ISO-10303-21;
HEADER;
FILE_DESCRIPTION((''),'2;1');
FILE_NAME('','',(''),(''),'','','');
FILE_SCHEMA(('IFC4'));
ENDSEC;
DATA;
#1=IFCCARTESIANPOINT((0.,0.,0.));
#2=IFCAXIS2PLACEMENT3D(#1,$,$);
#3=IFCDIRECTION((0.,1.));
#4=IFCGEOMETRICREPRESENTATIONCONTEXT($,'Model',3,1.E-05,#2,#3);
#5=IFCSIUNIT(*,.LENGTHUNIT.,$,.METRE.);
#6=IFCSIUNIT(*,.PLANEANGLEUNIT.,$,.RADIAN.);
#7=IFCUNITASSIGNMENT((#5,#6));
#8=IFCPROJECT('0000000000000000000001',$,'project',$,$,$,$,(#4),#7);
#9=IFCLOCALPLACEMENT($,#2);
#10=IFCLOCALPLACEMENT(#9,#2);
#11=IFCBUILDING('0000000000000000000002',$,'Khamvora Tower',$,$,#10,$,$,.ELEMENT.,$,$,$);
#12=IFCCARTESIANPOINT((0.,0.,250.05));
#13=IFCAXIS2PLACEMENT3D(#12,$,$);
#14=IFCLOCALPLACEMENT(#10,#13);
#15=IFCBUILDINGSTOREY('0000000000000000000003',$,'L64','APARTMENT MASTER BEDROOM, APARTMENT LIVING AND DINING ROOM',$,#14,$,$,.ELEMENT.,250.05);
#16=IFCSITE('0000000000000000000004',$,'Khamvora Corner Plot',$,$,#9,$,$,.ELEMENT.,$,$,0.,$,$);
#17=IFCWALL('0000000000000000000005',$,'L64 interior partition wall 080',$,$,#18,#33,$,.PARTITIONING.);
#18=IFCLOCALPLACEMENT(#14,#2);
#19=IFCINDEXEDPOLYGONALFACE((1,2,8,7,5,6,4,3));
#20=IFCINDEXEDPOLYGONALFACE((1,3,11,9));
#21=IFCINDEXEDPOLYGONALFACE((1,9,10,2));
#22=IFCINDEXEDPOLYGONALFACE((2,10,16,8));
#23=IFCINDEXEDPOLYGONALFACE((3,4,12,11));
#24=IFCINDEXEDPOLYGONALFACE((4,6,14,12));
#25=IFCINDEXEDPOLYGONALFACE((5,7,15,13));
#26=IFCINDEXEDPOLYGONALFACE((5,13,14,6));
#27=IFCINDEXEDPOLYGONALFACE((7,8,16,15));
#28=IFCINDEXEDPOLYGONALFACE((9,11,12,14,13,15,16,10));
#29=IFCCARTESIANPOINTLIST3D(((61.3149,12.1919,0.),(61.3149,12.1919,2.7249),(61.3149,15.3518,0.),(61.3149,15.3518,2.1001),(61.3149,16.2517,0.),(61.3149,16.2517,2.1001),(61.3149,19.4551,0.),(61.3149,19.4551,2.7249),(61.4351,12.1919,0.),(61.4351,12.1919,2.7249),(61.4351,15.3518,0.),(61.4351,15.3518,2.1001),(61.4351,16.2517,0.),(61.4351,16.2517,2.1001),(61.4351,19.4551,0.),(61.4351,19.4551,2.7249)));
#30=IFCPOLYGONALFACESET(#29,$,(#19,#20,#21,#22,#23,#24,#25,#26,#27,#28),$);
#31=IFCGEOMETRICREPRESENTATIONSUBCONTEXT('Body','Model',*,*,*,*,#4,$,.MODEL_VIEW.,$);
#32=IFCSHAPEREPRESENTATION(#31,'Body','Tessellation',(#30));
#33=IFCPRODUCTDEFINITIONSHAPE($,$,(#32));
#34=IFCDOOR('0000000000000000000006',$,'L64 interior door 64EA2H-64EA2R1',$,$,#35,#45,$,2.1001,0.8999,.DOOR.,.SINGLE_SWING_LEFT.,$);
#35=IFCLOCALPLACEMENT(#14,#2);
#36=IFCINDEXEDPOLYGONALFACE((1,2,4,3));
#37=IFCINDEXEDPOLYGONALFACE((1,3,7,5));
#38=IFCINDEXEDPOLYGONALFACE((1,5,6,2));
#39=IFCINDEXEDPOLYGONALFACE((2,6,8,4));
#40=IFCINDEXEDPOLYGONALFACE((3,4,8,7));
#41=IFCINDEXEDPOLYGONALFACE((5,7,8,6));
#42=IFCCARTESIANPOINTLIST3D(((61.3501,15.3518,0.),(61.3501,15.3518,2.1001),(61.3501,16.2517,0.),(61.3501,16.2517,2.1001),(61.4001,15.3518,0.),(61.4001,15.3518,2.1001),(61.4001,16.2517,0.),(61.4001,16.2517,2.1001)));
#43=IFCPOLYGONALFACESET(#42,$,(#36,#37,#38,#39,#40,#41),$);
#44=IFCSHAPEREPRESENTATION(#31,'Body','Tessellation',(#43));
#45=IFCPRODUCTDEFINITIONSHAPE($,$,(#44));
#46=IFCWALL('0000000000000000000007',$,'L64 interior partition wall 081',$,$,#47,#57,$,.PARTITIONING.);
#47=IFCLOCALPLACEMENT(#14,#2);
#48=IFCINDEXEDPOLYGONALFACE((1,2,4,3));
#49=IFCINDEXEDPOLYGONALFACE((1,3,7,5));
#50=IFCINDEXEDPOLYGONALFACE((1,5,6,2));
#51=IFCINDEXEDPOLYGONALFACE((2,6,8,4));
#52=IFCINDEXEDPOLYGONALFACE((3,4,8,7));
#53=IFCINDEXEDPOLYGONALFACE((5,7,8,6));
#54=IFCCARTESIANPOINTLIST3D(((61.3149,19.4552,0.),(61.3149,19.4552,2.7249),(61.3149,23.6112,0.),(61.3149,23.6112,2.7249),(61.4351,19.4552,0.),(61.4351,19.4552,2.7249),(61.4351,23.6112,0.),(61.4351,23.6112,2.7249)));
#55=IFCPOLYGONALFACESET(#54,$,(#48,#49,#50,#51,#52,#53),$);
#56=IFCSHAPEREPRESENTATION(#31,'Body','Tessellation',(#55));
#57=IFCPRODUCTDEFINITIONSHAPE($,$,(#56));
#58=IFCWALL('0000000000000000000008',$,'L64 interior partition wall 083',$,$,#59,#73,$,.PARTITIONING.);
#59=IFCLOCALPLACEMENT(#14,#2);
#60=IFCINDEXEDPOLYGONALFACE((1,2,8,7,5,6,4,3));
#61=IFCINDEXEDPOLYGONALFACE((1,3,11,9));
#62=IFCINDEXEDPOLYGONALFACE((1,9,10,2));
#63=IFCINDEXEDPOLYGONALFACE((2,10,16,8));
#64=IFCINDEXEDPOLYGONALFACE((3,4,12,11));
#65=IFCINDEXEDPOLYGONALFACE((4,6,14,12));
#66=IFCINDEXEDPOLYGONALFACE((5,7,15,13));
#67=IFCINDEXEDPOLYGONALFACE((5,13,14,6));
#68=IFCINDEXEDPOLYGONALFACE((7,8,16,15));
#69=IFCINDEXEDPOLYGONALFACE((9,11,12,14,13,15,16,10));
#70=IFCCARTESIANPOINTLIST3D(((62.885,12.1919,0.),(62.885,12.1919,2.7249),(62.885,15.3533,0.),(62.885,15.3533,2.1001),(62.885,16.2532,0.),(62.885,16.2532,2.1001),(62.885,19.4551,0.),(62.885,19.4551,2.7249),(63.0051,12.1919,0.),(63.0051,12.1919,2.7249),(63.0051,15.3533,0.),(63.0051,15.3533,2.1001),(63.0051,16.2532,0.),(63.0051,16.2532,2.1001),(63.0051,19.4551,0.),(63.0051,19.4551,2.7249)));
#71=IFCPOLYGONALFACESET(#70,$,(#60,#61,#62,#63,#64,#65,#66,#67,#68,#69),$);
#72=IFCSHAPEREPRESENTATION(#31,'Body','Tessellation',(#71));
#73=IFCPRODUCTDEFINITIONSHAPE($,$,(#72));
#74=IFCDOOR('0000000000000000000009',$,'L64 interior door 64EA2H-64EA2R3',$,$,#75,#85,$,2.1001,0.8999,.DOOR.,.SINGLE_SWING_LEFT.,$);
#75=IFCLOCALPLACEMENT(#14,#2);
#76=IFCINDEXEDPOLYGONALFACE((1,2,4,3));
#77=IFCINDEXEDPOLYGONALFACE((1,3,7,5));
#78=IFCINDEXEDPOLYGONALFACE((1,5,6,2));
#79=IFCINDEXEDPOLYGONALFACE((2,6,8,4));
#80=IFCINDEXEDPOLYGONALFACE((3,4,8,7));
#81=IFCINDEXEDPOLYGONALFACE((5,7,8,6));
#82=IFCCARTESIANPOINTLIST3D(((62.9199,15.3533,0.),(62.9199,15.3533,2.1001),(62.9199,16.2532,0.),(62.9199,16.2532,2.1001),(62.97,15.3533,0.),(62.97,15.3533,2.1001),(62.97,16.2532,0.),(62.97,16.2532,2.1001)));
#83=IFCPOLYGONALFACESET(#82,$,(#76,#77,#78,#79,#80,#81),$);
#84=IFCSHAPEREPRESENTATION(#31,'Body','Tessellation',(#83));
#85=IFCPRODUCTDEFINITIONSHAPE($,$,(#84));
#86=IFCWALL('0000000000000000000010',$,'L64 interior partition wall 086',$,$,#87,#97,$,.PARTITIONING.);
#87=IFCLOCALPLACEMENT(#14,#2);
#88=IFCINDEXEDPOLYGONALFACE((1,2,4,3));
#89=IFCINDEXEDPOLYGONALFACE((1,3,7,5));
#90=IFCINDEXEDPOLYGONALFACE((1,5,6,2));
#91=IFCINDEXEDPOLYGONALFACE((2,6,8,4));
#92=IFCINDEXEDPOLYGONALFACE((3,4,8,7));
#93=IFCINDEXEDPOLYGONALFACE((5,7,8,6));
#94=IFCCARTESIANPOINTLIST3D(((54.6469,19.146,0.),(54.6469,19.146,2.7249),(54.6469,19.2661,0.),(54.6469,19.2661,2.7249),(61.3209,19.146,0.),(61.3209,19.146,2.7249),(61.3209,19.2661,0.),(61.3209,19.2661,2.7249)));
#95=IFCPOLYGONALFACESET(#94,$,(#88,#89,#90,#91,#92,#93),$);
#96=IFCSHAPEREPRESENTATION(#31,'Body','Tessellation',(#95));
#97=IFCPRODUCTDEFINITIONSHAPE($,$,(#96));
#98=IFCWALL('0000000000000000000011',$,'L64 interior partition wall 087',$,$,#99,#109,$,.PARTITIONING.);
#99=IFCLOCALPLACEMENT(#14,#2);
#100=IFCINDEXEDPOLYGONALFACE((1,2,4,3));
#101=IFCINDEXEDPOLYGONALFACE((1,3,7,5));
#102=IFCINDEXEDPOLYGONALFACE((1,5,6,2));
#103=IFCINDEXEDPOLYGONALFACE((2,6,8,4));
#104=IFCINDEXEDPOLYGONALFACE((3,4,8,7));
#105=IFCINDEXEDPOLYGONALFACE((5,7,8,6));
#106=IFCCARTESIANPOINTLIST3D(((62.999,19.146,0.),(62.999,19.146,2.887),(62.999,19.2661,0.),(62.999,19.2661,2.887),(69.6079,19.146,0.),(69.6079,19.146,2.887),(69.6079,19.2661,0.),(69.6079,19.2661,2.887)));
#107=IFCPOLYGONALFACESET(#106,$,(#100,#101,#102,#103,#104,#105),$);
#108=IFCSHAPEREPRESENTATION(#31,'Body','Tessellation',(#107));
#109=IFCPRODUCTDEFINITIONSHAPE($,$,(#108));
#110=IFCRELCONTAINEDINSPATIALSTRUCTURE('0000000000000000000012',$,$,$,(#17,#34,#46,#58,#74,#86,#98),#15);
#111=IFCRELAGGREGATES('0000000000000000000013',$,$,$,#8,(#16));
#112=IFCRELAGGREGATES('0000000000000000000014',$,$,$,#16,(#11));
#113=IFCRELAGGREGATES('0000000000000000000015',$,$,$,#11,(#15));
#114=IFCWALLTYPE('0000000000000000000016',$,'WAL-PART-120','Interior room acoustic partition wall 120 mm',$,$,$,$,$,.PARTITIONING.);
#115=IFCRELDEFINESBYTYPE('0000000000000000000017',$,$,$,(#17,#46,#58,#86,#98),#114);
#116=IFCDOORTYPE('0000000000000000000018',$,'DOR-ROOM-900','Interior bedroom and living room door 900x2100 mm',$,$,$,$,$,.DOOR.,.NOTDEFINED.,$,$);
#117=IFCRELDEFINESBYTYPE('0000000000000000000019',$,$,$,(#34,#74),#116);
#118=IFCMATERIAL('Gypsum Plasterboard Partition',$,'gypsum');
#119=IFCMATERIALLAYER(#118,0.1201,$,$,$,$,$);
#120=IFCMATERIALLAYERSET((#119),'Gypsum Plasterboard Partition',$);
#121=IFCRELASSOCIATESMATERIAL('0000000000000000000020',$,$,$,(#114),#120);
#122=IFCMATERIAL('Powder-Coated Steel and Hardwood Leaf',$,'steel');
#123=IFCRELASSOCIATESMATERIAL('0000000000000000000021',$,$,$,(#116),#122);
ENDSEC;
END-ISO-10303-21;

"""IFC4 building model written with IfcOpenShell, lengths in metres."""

from ifc_helpers import new_model, si_unit, direction, frame, frame_2d, origin, place, context, subcontext, project, spatial, rectangle, extrude, material, layer, layer_set, type_object, element, fill, save


model = new_model("IFC4")

# Units and contexts
model_context = context("Model", 3, precision=1e-05, world=origin(), true_north=direction((0.0, 1.0)))
body_context = subcontext(model_context, "Body", "Model", "MODEL_VIEW")
ifc_project = project(units=[si_unit("LENGTHUNIT", "METRE"), si_unit("PLANEANGLEUNIT", "RADIAN")], contexts=[model_context])

# Site, building, storey
site_placement = place(None, origin())
site = spatial("IfcSite", under=ifc_project, at=site_placement, Name="Khamvora Corner Plot", CompositionType="ELEMENT", RefElevation=0.0)
building_placement = place(site_placement, origin())
building = spatial("IfcBuilding", under=site, at=building_placement, Name="Khamvora Tower", CompositionType="ELEMENT")
storey_placement = place(building_placement, frame((0.0, 0.0, 250.05)))
storey = spatial("IfcBuildingStorey", under=building, at=storey_placement, Name="L64", Description="APARTMENT MASTER BEDROOM, APARTMENT LIVING AND DINING ROOM", CompositionType="ELEMENT", Elevation=250.05)

# Wall, opening, door
ifc_material_1 = material(Name="Gypsum Plasterboard Partition", Category="gypsum")
ifc_layer_1 = layer(ifc_material_1, 0.1201)
ifc_layer_set_1 = layer_set([ifc_layer_1], Name="Gypsum Plasterboard Partition")
wall_type_1 = type_object("IfcWallType", Name="WAL-PART-120", Description="Interior room acoustic partition wall 120 mm", PredefinedType="PARTITIONING", material=ifc_layer_set_1)
wall_1_placement = place(storey_placement, frame((61.375, 12.1919, 0.0), z_axis=(0.0, 0.0, 1.0), x_axis=(0.0, 1.0, 0.0)))
wall_1 = element("IfcWall", 1, at=wall_1_placement, inside=storey, type_object=wall_type_1, Name="L64 interior partition wall 080", PredefinedType="PARTITIONING", context=body_context, shape_type="SweptSolid", body=[
    extrude(rectangle(XDim=7.2632, YDim=0.1201, at=frame_2d((3.6316, 0.0))), origin(), (0.0, 0.0, 1.0), 2.7249),
])
opening_1_placement = place(wall_1_placement, frame((3.1599, 0.0, 0.0)))
opening_1 = element("IfcOpeningElement", 2, at=opening_1_placement, cuts=wall_1, PredefinedType="OPENING", context=body_context, shape_type="SweptSolid", body=[
    extrude(rectangle(XDim=0.8999, YDim=2.1001, at=frame_2d((0.45, 1.05))), frame((0.0, 0.0701, 0.0), z_axis=(0.0, -1.0, 0.0), x_axis=(1.0, 0.0, 0.0)), (0.0, 0.0, 1.0), 0.1401),
])
ifc_material_2 = material(Name="Powder-Coated Steel and Hardwood Leaf", Category="steel")
door_type = type_object("IfcDoorType", Name="DOR-ROOM-900", Description="Interior bedroom and living room door 900x2100 mm", OperationType="NOTDEFINED", PredefinedType="DOOR", material=ifc_material_2)
door_1_placement = place(opening_1_placement, origin())
door_1 = element("IfcDoor", 3, at=door_1_placement, inside=storey, type_object=door_type, Name="L64 interior door 64EA2H-64EA2R1", OperationType="SINGLE_SWING_LEFT", OverallHeight=2.1001, OverallWidth=0.8999, PredefinedType="DOOR", context=body_context, shape_type="SweptSolid", body=[
    extrude(rectangle(XDim=0.8999, YDim=2.1001, at=frame_2d((0.45, 1.05))), frame((0.0, 0.0249, 0.0), z_axis=(0.0, -1.0, 0.0), x_axis=(1.0, 0.0, 0.0)), (0.0, 0.0, 1.0), 0.05),
])
fill(opening_1, door_1)

# Wall
wall_2_placement = place(storey_placement, frame((61.375, 19.4551, 0.0), z_axis=(0.0, 0.0, 1.0), x_axis=(0.0, 1.0, 0.0)))
element("IfcWall", 4, at=wall_2_placement, inside=storey, type_object=wall_type_1, Name="L64 interior partition wall 081", PredefinedType="PARTITIONING", context=body_context, shape_type="SweptSolid", body=[
    extrude(rectangle(XDim=4.156, YDim=0.1201, at=frame_2d((2.0781, 0.0))), origin(), (0.0, 0.0, 1.0), 2.7249),
])

# Wall, opening, door
wall_3_placement = place(storey_placement, frame((62.9451, 19.4551, 0.0), z_axis=(0.0, 0.0, 1.0), x_axis=(0.0, -1.0, 0.0)))
wall_3 = element("IfcWall", 5, at=wall_3_placement, inside=storey, type_object=wall_type_1, Name="L64 interior partition wall 083", PredefinedType="PARTITIONING", context=body_context, shape_type="SweptSolid", body=[
    extrude(rectangle(XDim=7.2632, YDim=0.1201, at=frame_2d((3.6316, 0.0))), origin(), (0.0, 0.0, 1.0), 2.7249),
])
opening_2_placement = place(wall_3_placement, frame((3.2019, 0.0, 0.0)))
opening_2 = element("IfcOpeningElement", 6, at=opening_2_placement, cuts=wall_3, PredefinedType="OPENING", context=body_context, shape_type="SweptSolid", body=[
    extrude(rectangle(XDim=0.8999, YDim=2.1001, at=frame_2d((0.45, 1.05))), frame((0.0, 0.0701, 0.0), z_axis=(0.0, -1.0, 0.0), x_axis=(1.0, 0.0, 0.0)), (0.0, 0.0, 1.0), 0.1401),
])
door_2_placement = place(opening_2_placement, origin())
door_2 = element("IfcDoor", 7, at=door_2_placement, inside=storey, type_object=door_type, Name="L64 interior door 64EA2H-64EA2R3", OperationType="SINGLE_SWING_LEFT", OverallHeight=2.1001, OverallWidth=0.8999, PredefinedType="DOOR", context=body_context, shape_type="SweptSolid", body=[
    extrude(rectangle(XDim=0.8999, YDim=2.1001, at=frame_2d((0.45, 1.05))), frame((0.0, 0.0249, 0.0), z_axis=(0.0, -1.0, 0.0), x_axis=(1.0, 0.0, 0.0)), (0.0, 0.0, 1.0), 0.05),
])
fill(opening_2, door_2)

# Walls
wall_4_placement = place(storey_placement, frame((54.647, 19.2061, 0.0), z_axis=(0.0, 0.0, 1.0), x_axis=(1.0, 0.0, 0.0)))
element("IfcWall", 8, at=wall_4_placement, inside=storey, type_object=wall_type_1, Name="L64 interior partition wall 086", PredefinedType="PARTITIONING", context=body_context, shape_type="SweptSolid", body=[
    extrude(rectangle(XDim=6.6741, YDim=0.1201, at=frame_2d((3.3369, 0.0))), origin(), (0.0, 0.0, 1.0), 2.7249),
])
wall_5_placement = place(storey_placement, frame((62.999, 19.2061, 0.0), z_axis=(0.0, 0.0, 1.0), x_axis=(1.0, 0.0, 0.0)))
element("IfcWall", 9, at=wall_5_placement, inside=storey, type_object=wall_type_1, Name="L64 interior partition wall 087", PredefinedType="PARTITIONING", context=body_context, shape_type="SweptSolid", body=[
    extrude(rectangle(XDim=6.6089, YDim=0.1201, at=frame_2d((3.3044, 0.0))), origin(), (0.0, 0.0, 1.0), 2.887),
])

save(model, "model.ifc")
